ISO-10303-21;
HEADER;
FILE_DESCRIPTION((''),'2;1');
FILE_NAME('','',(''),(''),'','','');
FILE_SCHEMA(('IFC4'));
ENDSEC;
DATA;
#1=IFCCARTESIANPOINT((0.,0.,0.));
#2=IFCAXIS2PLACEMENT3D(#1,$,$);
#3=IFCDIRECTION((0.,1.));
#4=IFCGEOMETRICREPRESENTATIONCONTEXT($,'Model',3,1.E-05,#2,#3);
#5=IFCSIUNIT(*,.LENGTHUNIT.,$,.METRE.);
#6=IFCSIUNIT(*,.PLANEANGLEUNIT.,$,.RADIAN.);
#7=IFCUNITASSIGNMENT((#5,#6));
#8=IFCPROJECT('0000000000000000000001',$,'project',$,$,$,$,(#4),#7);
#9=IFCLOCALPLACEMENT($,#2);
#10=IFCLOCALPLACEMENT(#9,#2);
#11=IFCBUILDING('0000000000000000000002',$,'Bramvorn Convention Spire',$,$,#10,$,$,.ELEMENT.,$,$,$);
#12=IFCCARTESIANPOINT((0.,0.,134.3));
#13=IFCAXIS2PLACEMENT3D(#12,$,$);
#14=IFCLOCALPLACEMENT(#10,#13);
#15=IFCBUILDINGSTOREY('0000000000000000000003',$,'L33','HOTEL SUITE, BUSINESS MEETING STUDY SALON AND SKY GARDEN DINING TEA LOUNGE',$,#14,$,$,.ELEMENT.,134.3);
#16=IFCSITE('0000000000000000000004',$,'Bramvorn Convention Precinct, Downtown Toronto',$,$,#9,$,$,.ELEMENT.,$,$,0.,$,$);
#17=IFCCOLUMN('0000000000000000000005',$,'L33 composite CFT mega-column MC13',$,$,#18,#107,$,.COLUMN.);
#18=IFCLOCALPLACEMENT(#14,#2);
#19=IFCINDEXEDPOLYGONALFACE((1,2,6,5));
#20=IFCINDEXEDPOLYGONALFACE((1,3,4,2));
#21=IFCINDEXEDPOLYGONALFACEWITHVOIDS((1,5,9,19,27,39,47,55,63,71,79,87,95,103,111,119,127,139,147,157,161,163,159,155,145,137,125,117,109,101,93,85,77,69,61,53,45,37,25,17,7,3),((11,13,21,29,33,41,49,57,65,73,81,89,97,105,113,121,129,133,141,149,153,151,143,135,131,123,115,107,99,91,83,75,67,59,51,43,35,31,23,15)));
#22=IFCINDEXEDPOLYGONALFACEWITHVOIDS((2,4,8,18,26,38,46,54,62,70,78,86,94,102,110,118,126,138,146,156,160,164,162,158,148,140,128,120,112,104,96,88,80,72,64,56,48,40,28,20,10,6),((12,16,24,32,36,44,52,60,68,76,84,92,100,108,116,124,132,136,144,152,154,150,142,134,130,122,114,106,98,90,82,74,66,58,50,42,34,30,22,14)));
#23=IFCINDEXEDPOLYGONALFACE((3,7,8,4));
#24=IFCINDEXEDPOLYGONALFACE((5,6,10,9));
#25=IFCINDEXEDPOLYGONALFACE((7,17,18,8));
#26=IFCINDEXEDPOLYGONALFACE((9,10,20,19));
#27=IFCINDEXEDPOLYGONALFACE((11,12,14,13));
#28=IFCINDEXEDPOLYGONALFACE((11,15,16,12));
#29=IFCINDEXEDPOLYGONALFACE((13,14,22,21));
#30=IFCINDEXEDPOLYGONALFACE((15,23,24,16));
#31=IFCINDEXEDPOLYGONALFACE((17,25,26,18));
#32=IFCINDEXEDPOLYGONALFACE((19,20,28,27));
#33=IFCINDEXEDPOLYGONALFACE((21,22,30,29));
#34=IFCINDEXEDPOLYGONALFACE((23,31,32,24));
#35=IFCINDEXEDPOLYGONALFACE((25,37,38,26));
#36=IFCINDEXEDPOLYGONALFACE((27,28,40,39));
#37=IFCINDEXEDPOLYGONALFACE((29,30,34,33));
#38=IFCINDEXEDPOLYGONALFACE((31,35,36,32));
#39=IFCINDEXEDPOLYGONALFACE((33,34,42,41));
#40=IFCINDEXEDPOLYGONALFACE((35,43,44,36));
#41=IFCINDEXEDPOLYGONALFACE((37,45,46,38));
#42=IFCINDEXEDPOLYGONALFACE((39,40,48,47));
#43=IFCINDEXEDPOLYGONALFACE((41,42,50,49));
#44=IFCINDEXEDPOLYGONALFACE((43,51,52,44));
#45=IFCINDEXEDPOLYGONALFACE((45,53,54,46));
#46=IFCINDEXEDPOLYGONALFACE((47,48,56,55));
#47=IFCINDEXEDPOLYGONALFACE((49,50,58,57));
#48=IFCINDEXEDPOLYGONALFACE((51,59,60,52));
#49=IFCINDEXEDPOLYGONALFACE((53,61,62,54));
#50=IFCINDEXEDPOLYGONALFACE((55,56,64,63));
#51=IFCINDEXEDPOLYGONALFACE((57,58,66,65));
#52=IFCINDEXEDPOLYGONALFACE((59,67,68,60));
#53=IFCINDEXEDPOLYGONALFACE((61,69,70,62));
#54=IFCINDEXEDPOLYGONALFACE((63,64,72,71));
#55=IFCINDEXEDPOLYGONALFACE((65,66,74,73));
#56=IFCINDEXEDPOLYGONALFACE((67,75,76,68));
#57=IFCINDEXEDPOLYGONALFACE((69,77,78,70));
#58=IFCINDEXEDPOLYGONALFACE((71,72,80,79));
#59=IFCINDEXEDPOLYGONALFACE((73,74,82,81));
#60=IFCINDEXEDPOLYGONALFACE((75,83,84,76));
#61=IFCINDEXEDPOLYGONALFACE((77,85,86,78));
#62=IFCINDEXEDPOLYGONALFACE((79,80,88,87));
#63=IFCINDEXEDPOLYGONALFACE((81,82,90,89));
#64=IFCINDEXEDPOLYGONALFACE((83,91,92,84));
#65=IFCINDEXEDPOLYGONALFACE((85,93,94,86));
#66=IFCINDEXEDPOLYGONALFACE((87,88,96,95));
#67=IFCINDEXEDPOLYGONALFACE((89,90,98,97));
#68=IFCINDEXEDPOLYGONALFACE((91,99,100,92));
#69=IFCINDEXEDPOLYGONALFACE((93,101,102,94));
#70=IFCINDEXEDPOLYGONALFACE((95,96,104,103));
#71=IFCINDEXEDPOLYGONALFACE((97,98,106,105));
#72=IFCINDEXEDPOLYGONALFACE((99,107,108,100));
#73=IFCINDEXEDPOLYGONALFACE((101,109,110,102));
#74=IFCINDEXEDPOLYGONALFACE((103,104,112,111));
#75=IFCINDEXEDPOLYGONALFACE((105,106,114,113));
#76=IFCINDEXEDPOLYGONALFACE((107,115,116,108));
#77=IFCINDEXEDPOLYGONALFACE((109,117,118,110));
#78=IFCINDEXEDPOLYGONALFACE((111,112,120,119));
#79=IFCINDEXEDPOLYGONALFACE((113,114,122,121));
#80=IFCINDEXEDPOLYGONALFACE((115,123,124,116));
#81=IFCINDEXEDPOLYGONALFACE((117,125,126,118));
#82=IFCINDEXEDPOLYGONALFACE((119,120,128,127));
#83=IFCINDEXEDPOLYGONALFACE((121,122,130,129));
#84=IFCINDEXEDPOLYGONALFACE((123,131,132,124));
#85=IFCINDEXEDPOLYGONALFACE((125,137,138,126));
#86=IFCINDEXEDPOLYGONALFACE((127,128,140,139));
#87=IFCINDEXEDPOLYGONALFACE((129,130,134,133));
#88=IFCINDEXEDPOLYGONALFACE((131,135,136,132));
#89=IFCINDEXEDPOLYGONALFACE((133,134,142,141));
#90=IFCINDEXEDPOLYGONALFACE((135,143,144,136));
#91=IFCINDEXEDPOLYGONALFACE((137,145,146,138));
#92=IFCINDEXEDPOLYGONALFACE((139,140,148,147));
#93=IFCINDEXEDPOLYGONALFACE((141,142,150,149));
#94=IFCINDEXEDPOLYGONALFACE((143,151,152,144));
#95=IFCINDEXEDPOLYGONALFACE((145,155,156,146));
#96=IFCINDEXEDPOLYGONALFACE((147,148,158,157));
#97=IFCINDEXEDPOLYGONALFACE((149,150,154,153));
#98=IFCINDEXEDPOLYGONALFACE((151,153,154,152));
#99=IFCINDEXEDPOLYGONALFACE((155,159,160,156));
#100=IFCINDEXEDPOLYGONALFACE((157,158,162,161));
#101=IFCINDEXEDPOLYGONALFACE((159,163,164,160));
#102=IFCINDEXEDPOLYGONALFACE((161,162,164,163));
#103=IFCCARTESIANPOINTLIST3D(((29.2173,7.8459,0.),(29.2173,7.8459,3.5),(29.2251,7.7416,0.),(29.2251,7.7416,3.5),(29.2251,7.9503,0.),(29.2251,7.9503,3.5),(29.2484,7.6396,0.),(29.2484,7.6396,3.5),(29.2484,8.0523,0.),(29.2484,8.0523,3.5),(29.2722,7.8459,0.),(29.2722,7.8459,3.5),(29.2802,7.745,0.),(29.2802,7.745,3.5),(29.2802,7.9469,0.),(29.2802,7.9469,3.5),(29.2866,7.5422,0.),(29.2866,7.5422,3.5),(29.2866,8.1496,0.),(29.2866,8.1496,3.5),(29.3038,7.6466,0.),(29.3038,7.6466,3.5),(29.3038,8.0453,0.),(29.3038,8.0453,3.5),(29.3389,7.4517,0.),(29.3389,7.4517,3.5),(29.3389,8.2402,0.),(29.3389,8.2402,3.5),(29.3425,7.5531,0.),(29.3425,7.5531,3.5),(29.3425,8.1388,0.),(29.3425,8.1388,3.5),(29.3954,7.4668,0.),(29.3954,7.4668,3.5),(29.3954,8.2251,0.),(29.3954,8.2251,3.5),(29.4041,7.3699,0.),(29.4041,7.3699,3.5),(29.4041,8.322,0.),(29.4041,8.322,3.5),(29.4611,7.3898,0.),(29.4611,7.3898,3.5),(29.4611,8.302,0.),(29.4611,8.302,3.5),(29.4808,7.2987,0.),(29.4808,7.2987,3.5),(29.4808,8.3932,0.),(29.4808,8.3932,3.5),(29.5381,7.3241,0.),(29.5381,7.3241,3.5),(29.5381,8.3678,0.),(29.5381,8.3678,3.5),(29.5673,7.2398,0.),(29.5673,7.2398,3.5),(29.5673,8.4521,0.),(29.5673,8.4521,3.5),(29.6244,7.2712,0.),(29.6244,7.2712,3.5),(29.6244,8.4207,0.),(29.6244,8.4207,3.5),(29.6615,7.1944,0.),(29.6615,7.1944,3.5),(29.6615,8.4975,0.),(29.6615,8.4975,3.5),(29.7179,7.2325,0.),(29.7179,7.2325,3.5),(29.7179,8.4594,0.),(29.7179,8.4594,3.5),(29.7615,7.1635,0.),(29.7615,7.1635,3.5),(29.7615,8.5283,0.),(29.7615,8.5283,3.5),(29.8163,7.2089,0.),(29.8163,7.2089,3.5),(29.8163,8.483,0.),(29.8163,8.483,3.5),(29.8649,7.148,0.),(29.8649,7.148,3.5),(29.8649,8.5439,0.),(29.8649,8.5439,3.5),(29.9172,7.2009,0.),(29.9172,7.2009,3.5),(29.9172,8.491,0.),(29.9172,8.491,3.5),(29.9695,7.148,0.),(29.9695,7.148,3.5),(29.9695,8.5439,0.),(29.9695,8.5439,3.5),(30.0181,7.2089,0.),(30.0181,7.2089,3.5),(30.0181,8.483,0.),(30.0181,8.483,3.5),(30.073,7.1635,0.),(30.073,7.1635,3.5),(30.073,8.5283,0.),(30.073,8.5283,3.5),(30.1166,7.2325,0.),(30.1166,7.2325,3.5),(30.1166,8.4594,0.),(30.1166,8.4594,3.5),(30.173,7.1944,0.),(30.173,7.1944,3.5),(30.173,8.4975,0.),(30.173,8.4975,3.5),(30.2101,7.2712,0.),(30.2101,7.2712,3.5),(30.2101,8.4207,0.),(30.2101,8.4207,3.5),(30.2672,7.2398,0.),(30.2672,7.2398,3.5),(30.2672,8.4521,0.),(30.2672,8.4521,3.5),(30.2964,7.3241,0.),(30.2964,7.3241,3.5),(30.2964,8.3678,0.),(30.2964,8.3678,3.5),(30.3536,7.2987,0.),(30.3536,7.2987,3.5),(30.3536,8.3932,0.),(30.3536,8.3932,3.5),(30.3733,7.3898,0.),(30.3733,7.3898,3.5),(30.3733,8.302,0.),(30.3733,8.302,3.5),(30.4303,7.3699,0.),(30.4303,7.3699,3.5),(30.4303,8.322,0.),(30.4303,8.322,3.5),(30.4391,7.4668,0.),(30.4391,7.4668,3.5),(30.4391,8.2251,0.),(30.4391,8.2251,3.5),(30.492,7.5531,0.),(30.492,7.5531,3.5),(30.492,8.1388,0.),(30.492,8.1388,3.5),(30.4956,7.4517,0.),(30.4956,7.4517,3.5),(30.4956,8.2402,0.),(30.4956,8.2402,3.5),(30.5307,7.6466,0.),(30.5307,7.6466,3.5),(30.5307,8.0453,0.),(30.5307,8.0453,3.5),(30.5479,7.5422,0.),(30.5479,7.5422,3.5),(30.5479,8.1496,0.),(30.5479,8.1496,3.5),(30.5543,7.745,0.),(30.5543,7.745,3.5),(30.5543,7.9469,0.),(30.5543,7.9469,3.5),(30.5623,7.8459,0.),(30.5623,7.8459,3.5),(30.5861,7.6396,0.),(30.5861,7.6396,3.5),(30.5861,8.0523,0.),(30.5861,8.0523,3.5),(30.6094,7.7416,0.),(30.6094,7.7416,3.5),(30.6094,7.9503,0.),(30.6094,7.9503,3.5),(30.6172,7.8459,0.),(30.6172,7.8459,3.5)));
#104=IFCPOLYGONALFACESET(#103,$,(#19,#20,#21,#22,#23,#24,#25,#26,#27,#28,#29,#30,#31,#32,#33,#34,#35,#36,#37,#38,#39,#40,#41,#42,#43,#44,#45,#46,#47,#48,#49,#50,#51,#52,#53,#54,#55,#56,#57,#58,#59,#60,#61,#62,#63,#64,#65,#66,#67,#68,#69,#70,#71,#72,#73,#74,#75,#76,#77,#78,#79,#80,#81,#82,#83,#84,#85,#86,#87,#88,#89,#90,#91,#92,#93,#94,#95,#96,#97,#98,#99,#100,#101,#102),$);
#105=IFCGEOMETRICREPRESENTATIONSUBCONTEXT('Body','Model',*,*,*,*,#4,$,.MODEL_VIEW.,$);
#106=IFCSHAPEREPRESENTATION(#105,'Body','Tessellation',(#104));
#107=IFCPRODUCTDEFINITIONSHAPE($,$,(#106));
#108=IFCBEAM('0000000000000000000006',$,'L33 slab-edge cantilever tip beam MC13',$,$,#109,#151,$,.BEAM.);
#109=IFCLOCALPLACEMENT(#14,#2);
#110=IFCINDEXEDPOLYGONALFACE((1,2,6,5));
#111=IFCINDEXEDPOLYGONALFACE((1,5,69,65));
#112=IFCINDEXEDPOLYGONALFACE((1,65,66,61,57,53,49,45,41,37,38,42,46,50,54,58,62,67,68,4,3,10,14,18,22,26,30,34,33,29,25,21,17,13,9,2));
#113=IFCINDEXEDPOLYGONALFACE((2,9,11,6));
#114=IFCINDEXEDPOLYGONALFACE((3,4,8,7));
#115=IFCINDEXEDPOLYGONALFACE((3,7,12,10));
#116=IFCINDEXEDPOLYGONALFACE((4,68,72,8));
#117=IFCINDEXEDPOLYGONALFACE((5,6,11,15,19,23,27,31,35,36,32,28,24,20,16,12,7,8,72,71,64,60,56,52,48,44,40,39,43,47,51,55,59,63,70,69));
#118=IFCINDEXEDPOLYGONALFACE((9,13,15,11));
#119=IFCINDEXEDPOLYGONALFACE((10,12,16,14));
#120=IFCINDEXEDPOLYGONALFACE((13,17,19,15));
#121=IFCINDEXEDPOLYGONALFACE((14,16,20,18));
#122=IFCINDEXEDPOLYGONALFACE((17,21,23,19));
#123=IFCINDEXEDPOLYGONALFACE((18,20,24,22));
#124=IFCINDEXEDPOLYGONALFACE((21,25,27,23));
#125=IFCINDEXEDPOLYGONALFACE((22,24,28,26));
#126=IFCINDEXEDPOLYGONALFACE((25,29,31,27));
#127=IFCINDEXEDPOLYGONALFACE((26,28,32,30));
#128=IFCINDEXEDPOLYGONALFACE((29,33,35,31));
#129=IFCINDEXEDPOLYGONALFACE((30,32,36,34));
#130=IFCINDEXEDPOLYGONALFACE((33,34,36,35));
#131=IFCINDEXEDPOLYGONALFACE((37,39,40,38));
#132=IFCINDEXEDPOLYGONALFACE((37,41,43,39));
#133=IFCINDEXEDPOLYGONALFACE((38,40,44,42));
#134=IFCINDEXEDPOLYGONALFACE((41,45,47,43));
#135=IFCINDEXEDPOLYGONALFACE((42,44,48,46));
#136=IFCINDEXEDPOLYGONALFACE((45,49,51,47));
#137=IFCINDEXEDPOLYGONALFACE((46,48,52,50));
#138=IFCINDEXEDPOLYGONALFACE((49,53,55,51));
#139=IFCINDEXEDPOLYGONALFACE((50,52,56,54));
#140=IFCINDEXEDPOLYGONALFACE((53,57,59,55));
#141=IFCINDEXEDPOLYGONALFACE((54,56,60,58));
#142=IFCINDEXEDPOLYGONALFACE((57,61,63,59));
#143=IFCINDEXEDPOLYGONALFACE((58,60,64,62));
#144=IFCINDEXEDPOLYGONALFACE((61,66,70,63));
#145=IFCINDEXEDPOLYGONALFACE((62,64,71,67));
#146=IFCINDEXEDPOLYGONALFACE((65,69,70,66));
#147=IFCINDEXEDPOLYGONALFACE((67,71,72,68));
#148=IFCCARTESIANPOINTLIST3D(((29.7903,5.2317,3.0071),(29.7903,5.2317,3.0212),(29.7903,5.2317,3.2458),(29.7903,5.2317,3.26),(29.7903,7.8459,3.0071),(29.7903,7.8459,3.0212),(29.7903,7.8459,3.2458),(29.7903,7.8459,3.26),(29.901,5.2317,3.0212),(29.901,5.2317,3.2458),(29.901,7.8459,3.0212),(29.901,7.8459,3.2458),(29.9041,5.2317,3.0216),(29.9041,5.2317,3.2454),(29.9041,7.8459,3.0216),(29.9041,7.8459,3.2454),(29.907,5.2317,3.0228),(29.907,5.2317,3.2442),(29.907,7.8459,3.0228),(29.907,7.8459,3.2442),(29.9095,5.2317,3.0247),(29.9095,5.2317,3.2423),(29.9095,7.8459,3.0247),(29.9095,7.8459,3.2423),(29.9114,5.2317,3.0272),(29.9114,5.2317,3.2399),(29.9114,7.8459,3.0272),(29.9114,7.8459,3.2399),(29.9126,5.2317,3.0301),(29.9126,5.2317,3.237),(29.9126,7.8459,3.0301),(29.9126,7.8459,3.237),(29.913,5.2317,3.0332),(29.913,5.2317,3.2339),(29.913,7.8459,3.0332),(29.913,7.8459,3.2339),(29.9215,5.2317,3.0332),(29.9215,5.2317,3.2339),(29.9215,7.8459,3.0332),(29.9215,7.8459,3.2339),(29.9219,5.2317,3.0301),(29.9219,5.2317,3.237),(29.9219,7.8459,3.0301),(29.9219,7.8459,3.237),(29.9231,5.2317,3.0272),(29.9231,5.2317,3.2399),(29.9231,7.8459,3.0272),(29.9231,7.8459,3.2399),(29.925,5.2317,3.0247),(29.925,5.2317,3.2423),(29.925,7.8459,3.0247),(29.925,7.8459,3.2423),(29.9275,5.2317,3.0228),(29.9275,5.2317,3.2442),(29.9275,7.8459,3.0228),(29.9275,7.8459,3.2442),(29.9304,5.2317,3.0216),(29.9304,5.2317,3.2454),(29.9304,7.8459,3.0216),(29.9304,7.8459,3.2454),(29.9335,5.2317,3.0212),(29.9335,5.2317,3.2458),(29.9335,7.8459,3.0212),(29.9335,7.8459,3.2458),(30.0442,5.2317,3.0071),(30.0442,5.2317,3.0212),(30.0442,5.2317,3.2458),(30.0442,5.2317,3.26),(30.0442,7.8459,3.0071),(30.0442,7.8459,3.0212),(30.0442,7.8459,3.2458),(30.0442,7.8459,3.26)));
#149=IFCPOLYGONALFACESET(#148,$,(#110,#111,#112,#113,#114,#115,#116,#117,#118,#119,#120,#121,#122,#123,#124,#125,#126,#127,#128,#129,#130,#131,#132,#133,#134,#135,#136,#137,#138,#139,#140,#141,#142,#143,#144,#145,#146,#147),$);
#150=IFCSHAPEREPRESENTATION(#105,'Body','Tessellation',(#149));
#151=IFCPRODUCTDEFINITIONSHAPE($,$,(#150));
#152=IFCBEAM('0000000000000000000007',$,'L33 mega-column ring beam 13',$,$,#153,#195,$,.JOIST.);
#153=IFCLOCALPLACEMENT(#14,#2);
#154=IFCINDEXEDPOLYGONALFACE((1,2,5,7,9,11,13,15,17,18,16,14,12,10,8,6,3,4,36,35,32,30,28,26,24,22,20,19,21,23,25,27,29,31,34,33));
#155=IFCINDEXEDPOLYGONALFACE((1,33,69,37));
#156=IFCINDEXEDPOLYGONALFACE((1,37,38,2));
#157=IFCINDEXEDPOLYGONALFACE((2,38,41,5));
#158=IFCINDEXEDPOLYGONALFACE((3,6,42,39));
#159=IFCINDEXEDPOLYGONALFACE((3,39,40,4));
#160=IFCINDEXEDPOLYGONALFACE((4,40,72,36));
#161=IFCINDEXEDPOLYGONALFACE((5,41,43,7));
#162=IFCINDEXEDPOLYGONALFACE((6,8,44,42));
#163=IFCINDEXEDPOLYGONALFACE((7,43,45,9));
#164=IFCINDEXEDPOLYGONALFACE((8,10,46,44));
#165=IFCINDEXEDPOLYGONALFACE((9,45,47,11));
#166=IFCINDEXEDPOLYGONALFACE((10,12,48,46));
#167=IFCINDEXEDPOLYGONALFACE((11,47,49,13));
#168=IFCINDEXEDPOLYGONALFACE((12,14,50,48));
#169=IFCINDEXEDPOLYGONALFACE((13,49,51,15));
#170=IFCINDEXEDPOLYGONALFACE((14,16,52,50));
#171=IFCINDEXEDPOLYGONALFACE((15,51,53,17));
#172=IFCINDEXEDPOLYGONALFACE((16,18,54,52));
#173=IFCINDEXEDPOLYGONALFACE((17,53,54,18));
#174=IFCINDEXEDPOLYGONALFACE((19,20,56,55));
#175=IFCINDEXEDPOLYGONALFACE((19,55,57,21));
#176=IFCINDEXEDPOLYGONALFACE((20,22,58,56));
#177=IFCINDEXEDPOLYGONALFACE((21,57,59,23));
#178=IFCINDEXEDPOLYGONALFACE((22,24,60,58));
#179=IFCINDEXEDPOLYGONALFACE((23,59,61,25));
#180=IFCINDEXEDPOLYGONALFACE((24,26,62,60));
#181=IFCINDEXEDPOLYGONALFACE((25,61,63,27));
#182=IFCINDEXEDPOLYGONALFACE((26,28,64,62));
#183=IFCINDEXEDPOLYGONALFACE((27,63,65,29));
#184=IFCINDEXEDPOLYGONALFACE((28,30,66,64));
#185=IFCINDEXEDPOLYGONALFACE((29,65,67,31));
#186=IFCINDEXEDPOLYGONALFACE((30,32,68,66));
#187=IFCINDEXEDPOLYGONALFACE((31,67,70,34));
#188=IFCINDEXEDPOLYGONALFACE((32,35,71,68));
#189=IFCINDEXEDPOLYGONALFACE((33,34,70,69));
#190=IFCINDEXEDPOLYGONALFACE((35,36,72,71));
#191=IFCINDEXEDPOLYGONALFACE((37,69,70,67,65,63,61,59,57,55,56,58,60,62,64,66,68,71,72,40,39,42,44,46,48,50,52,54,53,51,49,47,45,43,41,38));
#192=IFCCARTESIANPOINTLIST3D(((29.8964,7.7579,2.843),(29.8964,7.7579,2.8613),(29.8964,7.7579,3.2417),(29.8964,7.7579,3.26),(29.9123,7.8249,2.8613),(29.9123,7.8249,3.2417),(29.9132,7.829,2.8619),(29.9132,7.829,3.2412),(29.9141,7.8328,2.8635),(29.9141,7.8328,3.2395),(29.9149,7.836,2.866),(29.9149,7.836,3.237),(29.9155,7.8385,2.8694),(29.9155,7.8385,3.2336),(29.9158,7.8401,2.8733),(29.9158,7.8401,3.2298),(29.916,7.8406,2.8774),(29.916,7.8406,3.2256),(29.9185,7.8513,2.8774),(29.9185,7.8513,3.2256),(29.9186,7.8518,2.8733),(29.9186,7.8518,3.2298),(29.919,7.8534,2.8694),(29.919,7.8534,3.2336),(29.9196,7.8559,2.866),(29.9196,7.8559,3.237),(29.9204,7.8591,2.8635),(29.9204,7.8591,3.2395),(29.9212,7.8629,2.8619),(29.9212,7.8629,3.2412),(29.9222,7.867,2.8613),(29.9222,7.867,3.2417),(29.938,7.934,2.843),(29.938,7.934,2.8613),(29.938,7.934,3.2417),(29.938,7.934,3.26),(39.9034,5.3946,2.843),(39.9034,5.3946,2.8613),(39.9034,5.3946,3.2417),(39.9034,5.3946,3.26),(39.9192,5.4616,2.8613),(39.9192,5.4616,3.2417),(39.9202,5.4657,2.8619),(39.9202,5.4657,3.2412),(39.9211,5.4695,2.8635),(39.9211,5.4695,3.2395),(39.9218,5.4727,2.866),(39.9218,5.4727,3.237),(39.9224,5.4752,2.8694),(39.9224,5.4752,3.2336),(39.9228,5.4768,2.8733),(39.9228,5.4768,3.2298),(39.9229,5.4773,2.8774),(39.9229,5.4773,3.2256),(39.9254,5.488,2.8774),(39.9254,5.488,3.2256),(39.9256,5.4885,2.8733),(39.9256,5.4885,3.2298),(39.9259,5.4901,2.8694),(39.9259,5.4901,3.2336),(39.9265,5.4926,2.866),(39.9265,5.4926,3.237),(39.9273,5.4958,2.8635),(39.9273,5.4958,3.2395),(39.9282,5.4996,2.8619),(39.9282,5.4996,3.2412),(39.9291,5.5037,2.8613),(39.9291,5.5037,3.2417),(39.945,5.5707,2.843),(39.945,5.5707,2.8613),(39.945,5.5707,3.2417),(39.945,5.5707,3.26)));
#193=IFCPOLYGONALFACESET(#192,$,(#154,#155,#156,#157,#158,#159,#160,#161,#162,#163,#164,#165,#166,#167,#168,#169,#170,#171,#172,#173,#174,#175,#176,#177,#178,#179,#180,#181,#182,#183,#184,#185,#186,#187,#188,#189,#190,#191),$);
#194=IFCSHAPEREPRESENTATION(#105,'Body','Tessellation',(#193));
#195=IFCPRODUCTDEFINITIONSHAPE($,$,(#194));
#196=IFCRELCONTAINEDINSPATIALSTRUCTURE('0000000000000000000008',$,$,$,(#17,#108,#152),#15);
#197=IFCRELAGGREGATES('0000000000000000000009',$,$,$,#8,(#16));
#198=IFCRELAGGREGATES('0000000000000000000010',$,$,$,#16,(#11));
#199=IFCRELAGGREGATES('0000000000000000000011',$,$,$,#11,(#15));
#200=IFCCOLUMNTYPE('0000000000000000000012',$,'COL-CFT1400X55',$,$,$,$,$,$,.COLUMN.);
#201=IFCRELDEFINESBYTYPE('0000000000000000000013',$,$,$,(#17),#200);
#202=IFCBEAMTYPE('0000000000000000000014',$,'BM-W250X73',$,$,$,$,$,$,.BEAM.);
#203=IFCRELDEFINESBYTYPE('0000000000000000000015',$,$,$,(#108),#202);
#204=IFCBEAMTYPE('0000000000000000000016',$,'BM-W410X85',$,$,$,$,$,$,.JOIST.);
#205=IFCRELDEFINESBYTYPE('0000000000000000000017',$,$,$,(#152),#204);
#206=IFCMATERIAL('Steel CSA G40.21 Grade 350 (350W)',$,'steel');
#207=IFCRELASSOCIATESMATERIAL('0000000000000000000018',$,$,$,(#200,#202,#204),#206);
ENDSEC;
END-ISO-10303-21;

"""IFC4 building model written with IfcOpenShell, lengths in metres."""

from ifc_helpers import new_model, si_unit, direction, frame, origin, origin_2d, place, context, subcontext, project, spatial, hollow_circle, i_section, extrude, material, material_profile, profile_set, type_object, element, save


model = new_model("IFC4")

# Units and contexts
model_context = context("Model", 3, precision=1e-05, world=origin(), true_north=direction((0.0, 1.0)))
body_context = subcontext(model_context, "Body", "Model", "MODEL_VIEW")
ifc_project = project(units=[si_unit("LENGTHUNIT", "METRE"), si_unit("PLANEANGLEUNIT", "RADIAN")], contexts=[model_context])

# Site, building, storey
site_placement = place(None, origin())
site = spatial("IfcSite", under=ifc_project, at=site_placement, Name="Bramvorn Convention Precinct, Downtown Toronto", CompositionType="ELEMENT", RefElevation=0.0)
building_placement = place(site_placement, origin())
building = spatial("IfcBuilding", under=site, at=building_placement, Name="Bramvorn Convention Spire", CompositionType="ELEMENT")
storey_placement = place(building_placement, frame((0.0, 0.0, 134.3)))
storey = spatial("IfcBuildingStorey", under=building, at=storey_placement, Name="L33", Description="HOTEL SUITE, BUSINESS MEETING STUDY SALON AND SKY GARDEN DINING TEA LOUNGE", CompositionType="ELEMENT", Elevation=134.3)

# Column
ifc_material_1 = material(Name="Steel CSA G40.21 Grade 350 (350W)", Category="steel")
ifc_material_profile_1 = material_profile(ifc_material_1, hollow_circle(Radius=0.7, WallThickness=0.0549, at=origin_2d()))
ifc_profile_set_1 = profile_set([ifc_material_profile_1], Name="Steel CSA G40.21 Grade 350 (350W) - CFT1400X55")
column_type = type_object("IfcColumnType", Name="COL-CFT1400X55", PredefinedType="COLUMN", material=ifc_profile_set_1)
column_placement = place(storey_placement, frame((29.9172, 7.8459, 0.0), z_axis=(0.0, 0.0, 1.0), x_axis=(1.0, 0.0, 0.0)))
element("IfcColumn", 1, at=column_placement, inside=storey, type_object=column_type, Name="L33 composite CFT mega-column MC13", PredefinedType="COLUMN", context=body_context, shape_type="SweptSolid", body=[
    extrude(hollow_circle(Radius=0.7, WallThickness=0.0549, at=origin_2d()), origin(), (0.0, 0.0, 1.0), 3.5),
])

# Beams
ifc_material_profile_2 = material_profile(ifc_material_1, i_section(OverallWidth=0.2539, OverallDepth=0.2529, WebThickness=0.0085, FlangeThickness=0.0142, FilletRadius=0.012, at=origin_2d()))
ifc_profile_set_2 = profile_set([ifc_material_profile_2], Name="Steel CSA G40.21 Grade 350 (350W) - W250X73")
beam_type_1 = type_object("IfcBeamType", Name="BM-W250X73", PredefinedType="BEAM", material=ifc_profile_set_2)
beam_1_placement = place(storey_placement, frame((29.9172, 7.8459, 3.1335), z_axis=(0.0, -1.0, 0.0), x_axis=(1.0, 0.0, 0.0)))
element("IfcBeam", 2, at=beam_1_placement, inside=storey, type_object=beam_type_1, Name="L33 slab-edge cantilever tip beam MC13", PredefinedType="BEAM", context=body_context, shape_type="SweptSolid", body=[
    extrude(i_section(OverallWidth=0.2539, OverallDepth=0.2529, WebThickness=0.0085, FlangeThickness=0.0142, FilletRadius=0.012, at=origin_2d()), origin(), (0.0, 0.0, 1.0), 2.6143),
])
ifc_material_profile_3 = material_profile(ifc_material_1, i_section(OverallWidth=0.1809, OverallDepth=0.417, WebThickness=0.011, FlangeThickness=0.0183, FilletRadius=0.0161, at=origin_2d()))
ifc_profile_set_3 = profile_set([ifc_material_profile_3], Name="Steel CSA G40.21 Grade 350 (350W) - W410X85")
beam_type_2 = type_object("IfcBeamType", Name="BM-W410X85", PredefinedType="JOIST", material=ifc_profile_set_3)
beam_2_placement = place(storey_placement, frame((29.9172, 7.8459, 3.0515), z_axis=(0.973228, -0.229844, 0.0), x_axis=(0.229844, 0.973228, 0.0)))
element("IfcBeam", 3, at=beam_2_placement, inside=storey, type_object=beam_type_2, Name="L33 mega-column ring beam 13", PredefinedType="JOIST", context=body_context, shape_type="SweptSolid", body=[
    extrude(i_section(OverallWidth=0.1809, OverallDepth=0.417, WebThickness=0.011, FlangeThickness=0.0183, FilletRadius=0.0161, at=origin_2d()), origin(), (0.0, 0.0, 1.0), 10.2822),
])

save(model, "model.ifc")
